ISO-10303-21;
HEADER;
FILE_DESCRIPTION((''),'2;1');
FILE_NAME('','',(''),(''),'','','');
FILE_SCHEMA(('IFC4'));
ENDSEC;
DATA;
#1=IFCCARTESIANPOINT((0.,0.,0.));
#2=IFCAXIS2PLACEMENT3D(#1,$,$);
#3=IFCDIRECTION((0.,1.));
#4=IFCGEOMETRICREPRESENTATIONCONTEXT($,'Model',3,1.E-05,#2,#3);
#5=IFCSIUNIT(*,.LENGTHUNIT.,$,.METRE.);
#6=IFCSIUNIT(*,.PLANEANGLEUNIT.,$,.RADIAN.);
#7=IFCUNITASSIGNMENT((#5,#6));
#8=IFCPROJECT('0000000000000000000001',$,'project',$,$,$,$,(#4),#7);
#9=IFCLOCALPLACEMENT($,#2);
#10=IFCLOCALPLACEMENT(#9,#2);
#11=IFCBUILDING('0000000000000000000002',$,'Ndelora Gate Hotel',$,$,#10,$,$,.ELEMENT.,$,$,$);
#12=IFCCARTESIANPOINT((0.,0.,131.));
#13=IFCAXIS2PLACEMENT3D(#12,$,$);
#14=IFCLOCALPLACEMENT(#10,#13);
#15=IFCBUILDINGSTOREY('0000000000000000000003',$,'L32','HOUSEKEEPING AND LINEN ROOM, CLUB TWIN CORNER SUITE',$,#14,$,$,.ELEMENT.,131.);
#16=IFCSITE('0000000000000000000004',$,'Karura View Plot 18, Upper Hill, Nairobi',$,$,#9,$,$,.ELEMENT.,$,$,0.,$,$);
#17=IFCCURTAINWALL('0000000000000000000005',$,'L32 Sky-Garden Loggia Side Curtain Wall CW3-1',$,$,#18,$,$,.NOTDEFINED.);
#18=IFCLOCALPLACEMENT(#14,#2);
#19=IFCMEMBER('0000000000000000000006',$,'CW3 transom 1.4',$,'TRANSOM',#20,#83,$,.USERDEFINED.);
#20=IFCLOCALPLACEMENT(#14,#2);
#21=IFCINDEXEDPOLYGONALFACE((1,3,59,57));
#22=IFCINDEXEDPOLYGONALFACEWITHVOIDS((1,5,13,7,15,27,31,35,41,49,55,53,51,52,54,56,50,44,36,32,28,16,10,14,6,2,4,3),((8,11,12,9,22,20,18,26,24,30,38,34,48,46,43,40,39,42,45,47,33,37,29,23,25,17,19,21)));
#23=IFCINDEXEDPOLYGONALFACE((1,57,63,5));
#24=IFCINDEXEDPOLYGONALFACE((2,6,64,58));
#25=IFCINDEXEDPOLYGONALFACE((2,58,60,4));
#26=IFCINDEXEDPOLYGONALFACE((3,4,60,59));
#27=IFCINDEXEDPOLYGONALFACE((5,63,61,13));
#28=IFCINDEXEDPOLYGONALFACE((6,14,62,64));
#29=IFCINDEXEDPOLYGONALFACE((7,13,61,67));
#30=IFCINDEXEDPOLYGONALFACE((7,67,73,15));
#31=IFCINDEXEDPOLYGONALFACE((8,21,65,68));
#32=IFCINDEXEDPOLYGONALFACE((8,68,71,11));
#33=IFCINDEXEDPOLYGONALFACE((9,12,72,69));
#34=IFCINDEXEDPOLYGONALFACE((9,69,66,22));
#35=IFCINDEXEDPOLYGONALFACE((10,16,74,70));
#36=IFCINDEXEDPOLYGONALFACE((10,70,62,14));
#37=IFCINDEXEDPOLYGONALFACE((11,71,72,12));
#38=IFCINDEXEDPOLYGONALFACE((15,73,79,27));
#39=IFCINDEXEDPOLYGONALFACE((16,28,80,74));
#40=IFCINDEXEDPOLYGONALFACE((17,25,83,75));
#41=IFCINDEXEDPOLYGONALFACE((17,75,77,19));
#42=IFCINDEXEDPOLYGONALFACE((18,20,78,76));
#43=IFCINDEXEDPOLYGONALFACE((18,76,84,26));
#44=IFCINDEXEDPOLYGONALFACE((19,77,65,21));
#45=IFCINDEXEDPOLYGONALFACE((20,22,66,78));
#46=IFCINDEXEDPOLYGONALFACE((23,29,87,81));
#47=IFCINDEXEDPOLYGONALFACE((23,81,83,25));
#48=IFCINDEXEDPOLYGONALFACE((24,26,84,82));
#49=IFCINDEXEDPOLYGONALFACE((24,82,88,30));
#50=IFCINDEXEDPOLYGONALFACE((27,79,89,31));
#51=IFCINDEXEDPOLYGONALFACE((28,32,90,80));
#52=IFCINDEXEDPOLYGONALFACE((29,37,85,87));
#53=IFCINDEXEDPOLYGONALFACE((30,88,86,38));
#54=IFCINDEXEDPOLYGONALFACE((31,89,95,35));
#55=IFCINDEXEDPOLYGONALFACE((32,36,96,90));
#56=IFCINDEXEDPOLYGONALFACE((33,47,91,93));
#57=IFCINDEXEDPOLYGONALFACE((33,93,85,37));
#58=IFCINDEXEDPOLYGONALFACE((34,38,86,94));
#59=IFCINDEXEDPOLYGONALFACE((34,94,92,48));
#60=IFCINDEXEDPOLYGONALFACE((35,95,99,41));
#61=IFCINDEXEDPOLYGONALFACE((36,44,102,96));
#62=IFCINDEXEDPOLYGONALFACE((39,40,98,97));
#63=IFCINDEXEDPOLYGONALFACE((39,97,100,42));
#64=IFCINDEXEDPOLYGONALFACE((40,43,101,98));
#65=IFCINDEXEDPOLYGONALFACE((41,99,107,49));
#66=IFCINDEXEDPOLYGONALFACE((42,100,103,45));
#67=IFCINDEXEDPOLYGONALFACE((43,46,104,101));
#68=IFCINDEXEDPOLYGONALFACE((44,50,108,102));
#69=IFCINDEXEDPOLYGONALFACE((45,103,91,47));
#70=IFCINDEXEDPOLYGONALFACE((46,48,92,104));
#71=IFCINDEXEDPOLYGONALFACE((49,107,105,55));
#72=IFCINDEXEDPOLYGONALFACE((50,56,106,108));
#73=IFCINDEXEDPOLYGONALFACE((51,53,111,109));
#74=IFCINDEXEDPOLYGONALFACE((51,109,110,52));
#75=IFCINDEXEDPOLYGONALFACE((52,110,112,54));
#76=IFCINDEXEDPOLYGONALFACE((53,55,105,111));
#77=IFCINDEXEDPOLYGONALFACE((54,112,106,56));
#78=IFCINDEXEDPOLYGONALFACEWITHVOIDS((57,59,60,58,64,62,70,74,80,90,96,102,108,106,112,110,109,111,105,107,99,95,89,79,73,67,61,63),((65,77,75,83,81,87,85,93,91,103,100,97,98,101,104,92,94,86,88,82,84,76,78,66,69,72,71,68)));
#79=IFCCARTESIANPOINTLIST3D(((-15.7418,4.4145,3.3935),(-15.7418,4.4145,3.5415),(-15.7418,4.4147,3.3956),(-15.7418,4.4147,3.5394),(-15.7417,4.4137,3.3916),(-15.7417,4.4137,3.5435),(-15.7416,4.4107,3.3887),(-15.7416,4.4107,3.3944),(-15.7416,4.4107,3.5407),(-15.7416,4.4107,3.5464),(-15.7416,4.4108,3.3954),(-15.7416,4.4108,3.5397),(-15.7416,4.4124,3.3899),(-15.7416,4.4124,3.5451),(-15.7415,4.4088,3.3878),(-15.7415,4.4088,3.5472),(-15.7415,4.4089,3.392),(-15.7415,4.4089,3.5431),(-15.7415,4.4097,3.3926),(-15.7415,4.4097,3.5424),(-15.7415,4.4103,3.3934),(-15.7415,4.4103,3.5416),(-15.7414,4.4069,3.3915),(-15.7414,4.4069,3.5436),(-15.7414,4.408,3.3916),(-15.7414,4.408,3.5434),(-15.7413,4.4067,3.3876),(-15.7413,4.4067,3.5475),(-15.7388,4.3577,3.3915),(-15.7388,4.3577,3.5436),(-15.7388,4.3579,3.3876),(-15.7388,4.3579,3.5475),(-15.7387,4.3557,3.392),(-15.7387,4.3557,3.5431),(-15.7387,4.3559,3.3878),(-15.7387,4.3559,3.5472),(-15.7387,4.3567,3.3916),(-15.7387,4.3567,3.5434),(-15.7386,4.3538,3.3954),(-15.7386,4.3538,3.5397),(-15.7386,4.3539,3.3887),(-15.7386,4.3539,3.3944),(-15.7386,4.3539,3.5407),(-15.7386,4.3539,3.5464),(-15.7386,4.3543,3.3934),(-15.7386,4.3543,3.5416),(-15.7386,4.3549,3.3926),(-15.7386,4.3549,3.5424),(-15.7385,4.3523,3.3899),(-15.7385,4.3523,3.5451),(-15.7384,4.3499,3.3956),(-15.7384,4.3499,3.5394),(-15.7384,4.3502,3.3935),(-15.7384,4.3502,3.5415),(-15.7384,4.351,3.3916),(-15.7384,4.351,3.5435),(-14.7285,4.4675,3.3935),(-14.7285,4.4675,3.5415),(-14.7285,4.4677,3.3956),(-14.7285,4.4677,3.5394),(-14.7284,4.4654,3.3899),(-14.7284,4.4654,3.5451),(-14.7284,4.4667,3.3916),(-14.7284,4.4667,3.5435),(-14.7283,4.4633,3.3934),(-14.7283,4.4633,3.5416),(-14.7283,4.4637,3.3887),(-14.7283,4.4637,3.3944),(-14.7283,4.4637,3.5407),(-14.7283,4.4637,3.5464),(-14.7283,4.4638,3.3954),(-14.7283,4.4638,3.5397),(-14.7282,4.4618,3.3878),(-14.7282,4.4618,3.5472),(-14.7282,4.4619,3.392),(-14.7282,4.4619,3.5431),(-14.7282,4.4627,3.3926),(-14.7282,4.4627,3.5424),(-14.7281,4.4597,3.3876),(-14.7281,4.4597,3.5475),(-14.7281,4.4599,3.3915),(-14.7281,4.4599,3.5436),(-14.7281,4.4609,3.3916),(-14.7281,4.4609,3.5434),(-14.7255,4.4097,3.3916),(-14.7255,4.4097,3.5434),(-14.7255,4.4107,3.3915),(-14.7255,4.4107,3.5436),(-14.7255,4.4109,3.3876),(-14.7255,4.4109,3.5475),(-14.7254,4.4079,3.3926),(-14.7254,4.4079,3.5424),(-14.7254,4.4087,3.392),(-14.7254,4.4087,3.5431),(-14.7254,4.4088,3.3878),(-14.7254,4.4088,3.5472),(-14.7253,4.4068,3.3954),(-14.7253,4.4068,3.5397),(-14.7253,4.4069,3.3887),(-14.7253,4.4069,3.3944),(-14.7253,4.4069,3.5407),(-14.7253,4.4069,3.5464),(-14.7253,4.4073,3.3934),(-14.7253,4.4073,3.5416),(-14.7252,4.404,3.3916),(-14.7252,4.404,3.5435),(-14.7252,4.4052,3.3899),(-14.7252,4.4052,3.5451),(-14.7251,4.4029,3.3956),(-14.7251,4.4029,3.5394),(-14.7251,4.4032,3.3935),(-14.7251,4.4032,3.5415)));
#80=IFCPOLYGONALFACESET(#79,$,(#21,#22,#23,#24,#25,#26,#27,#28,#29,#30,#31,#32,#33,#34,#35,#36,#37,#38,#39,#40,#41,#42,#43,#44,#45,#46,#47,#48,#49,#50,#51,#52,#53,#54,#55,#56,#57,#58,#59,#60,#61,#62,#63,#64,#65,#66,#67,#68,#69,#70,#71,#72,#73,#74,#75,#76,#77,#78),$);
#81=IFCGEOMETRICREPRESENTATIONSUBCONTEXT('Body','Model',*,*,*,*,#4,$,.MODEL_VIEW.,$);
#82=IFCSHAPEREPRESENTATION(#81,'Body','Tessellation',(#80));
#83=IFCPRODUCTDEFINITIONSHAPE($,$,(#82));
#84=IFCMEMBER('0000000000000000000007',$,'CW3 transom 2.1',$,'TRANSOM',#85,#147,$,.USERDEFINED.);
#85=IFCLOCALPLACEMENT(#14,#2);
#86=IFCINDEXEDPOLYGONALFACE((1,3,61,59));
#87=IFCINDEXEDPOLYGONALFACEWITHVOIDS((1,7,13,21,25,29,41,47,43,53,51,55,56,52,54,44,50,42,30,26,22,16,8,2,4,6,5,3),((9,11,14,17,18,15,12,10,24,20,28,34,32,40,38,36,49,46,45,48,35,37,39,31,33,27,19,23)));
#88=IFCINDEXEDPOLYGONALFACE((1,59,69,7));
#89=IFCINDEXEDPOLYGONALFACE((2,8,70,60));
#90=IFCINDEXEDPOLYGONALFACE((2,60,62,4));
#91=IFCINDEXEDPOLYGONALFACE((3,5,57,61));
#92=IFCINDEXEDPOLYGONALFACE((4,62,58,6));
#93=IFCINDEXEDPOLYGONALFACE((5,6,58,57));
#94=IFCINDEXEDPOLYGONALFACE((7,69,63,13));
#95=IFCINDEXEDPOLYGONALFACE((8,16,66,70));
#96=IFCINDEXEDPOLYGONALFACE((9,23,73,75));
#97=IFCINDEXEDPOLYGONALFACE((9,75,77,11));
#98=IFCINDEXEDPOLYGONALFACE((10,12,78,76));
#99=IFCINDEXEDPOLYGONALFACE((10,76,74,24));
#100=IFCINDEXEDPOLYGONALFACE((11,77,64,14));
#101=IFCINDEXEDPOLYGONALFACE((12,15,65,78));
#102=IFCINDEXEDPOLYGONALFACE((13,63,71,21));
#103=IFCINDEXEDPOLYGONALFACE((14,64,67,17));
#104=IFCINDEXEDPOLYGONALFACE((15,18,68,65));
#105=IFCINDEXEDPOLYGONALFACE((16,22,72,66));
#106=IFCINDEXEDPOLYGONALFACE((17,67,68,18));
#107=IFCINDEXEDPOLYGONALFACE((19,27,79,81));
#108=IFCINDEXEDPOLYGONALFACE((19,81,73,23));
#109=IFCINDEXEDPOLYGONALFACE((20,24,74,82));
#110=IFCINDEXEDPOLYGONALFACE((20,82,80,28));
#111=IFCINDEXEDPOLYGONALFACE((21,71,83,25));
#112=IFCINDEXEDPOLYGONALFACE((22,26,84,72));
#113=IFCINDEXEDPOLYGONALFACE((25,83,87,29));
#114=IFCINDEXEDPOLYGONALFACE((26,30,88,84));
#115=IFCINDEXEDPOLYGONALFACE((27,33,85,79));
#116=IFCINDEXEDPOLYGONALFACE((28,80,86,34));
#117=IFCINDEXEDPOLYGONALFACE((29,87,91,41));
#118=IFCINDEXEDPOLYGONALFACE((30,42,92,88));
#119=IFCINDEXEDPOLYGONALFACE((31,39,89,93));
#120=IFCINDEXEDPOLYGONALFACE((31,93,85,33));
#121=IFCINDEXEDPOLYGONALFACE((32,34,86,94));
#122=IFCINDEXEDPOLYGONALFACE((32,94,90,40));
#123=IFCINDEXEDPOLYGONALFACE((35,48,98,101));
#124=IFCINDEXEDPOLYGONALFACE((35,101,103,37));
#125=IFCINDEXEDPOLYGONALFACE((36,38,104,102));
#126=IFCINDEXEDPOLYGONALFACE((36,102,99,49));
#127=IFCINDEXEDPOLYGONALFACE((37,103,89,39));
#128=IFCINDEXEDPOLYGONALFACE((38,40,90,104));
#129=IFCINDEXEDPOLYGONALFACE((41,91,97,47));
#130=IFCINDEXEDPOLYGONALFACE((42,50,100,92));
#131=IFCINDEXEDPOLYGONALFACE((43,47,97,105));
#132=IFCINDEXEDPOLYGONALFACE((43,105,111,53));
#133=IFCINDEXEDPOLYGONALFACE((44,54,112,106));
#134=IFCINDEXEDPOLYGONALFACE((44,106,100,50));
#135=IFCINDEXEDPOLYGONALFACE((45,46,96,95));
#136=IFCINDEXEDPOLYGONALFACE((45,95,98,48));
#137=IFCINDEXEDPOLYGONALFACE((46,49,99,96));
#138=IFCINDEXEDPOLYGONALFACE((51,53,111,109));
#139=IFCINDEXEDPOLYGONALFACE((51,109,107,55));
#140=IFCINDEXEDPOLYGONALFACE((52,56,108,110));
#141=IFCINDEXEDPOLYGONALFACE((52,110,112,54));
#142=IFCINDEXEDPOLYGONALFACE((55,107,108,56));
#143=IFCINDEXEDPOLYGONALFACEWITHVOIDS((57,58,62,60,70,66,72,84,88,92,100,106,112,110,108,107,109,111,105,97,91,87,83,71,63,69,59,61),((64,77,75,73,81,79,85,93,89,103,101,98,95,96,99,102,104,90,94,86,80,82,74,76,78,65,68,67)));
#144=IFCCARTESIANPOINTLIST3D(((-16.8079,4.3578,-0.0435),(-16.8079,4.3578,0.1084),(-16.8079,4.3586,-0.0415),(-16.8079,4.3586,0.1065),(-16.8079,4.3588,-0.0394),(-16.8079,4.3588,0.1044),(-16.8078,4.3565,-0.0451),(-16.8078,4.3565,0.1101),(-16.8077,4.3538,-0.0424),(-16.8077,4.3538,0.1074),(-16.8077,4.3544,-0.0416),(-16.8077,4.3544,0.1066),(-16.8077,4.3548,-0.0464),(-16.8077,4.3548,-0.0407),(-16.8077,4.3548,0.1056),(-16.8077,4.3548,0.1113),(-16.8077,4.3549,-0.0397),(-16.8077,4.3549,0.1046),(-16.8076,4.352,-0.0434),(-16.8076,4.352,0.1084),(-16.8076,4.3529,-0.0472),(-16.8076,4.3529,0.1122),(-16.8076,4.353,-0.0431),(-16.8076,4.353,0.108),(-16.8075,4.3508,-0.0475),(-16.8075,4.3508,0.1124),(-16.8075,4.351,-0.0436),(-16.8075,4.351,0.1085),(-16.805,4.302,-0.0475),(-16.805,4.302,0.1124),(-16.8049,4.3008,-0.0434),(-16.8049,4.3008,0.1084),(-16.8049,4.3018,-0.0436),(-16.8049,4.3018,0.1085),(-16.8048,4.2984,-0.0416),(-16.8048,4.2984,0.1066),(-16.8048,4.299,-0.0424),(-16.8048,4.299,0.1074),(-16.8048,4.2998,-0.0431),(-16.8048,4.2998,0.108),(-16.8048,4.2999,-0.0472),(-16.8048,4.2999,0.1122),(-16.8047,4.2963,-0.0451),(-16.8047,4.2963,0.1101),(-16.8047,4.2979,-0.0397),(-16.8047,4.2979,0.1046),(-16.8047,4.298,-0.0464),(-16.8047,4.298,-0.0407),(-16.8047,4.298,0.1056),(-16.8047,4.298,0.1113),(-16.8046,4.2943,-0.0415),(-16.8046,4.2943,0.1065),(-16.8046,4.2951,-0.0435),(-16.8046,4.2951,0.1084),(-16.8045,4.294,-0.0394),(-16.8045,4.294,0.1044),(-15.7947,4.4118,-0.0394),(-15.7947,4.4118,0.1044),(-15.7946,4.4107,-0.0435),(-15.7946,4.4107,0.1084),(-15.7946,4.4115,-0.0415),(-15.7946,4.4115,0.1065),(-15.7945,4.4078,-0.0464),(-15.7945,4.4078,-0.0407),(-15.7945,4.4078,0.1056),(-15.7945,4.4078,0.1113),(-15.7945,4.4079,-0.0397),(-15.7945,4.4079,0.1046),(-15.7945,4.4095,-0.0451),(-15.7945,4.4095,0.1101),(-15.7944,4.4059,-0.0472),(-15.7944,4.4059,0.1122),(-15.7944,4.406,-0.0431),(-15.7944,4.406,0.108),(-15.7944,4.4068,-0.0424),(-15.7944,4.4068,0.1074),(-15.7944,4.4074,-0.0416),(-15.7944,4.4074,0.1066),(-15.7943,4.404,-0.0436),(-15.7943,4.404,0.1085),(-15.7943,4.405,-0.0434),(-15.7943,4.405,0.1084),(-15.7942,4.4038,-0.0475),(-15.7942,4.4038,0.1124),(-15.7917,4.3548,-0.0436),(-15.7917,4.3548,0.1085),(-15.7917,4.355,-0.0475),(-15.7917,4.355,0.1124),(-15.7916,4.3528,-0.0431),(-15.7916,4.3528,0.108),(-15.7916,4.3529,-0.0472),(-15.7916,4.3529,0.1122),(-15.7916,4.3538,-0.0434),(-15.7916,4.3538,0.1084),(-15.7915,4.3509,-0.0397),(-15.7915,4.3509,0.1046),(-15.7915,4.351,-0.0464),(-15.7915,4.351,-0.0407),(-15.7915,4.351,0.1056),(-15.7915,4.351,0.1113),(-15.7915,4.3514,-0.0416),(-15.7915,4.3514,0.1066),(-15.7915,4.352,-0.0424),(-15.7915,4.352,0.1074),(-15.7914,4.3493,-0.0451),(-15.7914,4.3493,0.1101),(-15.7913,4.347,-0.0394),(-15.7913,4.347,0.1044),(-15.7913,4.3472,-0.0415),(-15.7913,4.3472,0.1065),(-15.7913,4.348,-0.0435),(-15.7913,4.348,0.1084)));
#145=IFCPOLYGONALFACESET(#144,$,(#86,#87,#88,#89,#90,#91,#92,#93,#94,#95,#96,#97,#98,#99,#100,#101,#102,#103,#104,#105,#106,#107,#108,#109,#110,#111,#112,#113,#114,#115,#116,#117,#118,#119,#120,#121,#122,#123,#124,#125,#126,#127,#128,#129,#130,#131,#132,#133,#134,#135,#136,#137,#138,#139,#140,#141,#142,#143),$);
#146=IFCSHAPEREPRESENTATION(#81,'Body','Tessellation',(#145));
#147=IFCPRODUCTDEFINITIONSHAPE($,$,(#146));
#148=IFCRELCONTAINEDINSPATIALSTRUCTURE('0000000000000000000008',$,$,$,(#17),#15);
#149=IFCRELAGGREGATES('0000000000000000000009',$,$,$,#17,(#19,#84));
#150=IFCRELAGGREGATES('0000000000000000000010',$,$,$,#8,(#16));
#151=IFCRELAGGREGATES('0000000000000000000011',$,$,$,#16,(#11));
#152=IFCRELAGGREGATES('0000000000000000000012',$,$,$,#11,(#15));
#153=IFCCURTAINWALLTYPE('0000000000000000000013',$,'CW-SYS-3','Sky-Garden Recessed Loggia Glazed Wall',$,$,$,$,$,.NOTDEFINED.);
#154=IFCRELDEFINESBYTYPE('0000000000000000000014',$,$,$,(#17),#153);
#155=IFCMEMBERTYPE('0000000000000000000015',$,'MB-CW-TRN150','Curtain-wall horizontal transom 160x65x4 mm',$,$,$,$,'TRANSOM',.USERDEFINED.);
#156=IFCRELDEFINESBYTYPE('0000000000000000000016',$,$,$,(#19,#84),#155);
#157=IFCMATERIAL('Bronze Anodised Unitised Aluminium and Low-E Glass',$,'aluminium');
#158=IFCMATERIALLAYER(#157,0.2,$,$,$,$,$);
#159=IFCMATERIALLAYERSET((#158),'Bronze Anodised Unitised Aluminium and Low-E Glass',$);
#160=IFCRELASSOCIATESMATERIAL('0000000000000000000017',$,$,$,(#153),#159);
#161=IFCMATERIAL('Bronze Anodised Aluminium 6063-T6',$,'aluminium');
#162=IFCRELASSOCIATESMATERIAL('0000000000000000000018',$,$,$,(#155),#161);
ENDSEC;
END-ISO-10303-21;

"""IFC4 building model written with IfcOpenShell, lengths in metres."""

from ifc_helpers import new_model, si_unit, direction, frame, origin, origin_2d, place, context, subcontext, project, spatial, hollow_rectangle, extrude, material, layer, layer_set, material_profile, profile_set, type_object, element, aggregate, save


model = new_model("IFC4")

# Units and contexts
model_context = context("Model", 3, precision=1e-05, world=origin(), true_north=direction((0.0, 1.0)))
body_context = subcontext(model_context, "Body", "Model", "MODEL_VIEW")
ifc_project = project(units=[si_unit("LENGTHUNIT", "METRE"), si_unit("PLANEANGLEUNIT", "RADIAN")], contexts=[model_context])

# Site, building, storey
site_placement = place(None, origin())
site = spatial("IfcSite", under=ifc_project, at=site_placement, Name="Karura View Plot 18, Upper Hill, Nairobi", CompositionType="ELEMENT", RefElevation=0.0)
building_placement = place(site_placement, origin())
building = spatial("IfcBuilding", under=site, at=building_placement, Name="Ndelora Gate Hotel", CompositionType="ELEMENT")
storey_placement = place(building_placement, frame((0.0, 0.0, 131.0)))
storey = spatial("IfcBuildingStorey", under=building, at=storey_placement, Name="L32", Description="HOUSEKEEPING AND LINEN ROOM, CLUB TWIN CORNER SUITE", CompositionType="ELEMENT", Elevation=131.0)

# Curtain wall, members
ifc_material_1 = material(Name="Bronze Anodised Unitised Aluminium and Low-E Glass", Category="aluminium")
ifc_layer_1 = layer(ifc_material_1, 0.2)
ifc_layer_set_1 = layer_set([ifc_layer_1], Name="Bronze Anodised Unitised Aluminium and Low-E Glass")
curtain_wall_type = type_object("IfcCurtainWallType", Name="CW-SYS-3", Description="Sky-Garden Recessed Loggia Glazed Wall", PredefinedType="NOTDEFINED", material=ifc_layer_set_1)
curtain_wall_placement = place(storey_placement, origin())
curtain_wall = element("IfcCurtainWall", 1, at=curtain_wall_placement, inside=storey, type_object=curtain_wall_type, Name="L32 Sky-Garden Loggia Side Curtain Wall CW3-1", PredefinedType="NOTDEFINED")
ifc_material_2 = material(Name="Bronze Anodised Aluminium 6063-T6", Category="aluminium")
ifc_material_profile_1 = material_profile(ifc_material_2, hollow_rectangle(XDim=0.0649, YDim=0.1599, WallThickness=0.0039, InnerFilletRadius=0.0039, OuterFilletRadius=0.0081, at=origin_2d()), Name="ALU 160x65x4")
ifc_profile_set_1 = profile_set([ifc_material_profile_1], Name="Bronze Anodised Aluminium 6063-T6")
member_type_1 = type_object("IfcMemberType", Name="MB-CW-TRN150", Description="Curtain-wall horizontal transom 160x65x4 mm", ElementType="TRANSOM", PredefinedType="USERDEFINED", material=ifc_profile_set_1)
member_1_placement = place(storey_placement, frame((-14.7268, 4.4353, 3.4675), z_axis=(-0.998636, -0.052218, 0.0), x_axis=(0.052218, -0.998636, 0.0)))
member_1 = element("IfcMember", 2, at=member_1_placement, type_object=member_type_1, Name="CW3 transom 1.4", ObjectType="TRANSOM", PredefinedType="USERDEFINED", context=body_context, shape_type="SweptSolid", body=[
    extrude(hollow_rectangle(XDim=0.0649, YDim=0.1599, WallThickness=0.0039, InnerFilletRadius=0.0039, OuterFilletRadius=0.0081, at=origin_2d()), origin(), (0.0, 0.0, 1.0), 1.0146),
])
member_2_placement = place(storey_placement, frame((-15.793, 4.3794, 0.0325), z_axis=(-0.998636, -0.052218, 0.0), x_axis=(0.052218, -0.998636, 0.0)))
member_2 = element("IfcMember", 3, at=member_2_placement, type_object=member_type_1, Name="CW3 transom 2.1", ObjectType="TRANSOM", PredefinedType="USERDEFINED", context=body_context, shape_type="SweptSolid", body=[
    extrude(hollow_rectangle(XDim=0.0649, YDim=0.1599, WallThickness=0.0039, InnerFilletRadius=0.0039, OuterFilletRadius=0.0081, at=origin_2d()), origin(), (0.0, 0.0, 1.0), 1.0146),
])
aggregate(curtain_wall, [member_1, member_2])

save(model, "model.ifc")
